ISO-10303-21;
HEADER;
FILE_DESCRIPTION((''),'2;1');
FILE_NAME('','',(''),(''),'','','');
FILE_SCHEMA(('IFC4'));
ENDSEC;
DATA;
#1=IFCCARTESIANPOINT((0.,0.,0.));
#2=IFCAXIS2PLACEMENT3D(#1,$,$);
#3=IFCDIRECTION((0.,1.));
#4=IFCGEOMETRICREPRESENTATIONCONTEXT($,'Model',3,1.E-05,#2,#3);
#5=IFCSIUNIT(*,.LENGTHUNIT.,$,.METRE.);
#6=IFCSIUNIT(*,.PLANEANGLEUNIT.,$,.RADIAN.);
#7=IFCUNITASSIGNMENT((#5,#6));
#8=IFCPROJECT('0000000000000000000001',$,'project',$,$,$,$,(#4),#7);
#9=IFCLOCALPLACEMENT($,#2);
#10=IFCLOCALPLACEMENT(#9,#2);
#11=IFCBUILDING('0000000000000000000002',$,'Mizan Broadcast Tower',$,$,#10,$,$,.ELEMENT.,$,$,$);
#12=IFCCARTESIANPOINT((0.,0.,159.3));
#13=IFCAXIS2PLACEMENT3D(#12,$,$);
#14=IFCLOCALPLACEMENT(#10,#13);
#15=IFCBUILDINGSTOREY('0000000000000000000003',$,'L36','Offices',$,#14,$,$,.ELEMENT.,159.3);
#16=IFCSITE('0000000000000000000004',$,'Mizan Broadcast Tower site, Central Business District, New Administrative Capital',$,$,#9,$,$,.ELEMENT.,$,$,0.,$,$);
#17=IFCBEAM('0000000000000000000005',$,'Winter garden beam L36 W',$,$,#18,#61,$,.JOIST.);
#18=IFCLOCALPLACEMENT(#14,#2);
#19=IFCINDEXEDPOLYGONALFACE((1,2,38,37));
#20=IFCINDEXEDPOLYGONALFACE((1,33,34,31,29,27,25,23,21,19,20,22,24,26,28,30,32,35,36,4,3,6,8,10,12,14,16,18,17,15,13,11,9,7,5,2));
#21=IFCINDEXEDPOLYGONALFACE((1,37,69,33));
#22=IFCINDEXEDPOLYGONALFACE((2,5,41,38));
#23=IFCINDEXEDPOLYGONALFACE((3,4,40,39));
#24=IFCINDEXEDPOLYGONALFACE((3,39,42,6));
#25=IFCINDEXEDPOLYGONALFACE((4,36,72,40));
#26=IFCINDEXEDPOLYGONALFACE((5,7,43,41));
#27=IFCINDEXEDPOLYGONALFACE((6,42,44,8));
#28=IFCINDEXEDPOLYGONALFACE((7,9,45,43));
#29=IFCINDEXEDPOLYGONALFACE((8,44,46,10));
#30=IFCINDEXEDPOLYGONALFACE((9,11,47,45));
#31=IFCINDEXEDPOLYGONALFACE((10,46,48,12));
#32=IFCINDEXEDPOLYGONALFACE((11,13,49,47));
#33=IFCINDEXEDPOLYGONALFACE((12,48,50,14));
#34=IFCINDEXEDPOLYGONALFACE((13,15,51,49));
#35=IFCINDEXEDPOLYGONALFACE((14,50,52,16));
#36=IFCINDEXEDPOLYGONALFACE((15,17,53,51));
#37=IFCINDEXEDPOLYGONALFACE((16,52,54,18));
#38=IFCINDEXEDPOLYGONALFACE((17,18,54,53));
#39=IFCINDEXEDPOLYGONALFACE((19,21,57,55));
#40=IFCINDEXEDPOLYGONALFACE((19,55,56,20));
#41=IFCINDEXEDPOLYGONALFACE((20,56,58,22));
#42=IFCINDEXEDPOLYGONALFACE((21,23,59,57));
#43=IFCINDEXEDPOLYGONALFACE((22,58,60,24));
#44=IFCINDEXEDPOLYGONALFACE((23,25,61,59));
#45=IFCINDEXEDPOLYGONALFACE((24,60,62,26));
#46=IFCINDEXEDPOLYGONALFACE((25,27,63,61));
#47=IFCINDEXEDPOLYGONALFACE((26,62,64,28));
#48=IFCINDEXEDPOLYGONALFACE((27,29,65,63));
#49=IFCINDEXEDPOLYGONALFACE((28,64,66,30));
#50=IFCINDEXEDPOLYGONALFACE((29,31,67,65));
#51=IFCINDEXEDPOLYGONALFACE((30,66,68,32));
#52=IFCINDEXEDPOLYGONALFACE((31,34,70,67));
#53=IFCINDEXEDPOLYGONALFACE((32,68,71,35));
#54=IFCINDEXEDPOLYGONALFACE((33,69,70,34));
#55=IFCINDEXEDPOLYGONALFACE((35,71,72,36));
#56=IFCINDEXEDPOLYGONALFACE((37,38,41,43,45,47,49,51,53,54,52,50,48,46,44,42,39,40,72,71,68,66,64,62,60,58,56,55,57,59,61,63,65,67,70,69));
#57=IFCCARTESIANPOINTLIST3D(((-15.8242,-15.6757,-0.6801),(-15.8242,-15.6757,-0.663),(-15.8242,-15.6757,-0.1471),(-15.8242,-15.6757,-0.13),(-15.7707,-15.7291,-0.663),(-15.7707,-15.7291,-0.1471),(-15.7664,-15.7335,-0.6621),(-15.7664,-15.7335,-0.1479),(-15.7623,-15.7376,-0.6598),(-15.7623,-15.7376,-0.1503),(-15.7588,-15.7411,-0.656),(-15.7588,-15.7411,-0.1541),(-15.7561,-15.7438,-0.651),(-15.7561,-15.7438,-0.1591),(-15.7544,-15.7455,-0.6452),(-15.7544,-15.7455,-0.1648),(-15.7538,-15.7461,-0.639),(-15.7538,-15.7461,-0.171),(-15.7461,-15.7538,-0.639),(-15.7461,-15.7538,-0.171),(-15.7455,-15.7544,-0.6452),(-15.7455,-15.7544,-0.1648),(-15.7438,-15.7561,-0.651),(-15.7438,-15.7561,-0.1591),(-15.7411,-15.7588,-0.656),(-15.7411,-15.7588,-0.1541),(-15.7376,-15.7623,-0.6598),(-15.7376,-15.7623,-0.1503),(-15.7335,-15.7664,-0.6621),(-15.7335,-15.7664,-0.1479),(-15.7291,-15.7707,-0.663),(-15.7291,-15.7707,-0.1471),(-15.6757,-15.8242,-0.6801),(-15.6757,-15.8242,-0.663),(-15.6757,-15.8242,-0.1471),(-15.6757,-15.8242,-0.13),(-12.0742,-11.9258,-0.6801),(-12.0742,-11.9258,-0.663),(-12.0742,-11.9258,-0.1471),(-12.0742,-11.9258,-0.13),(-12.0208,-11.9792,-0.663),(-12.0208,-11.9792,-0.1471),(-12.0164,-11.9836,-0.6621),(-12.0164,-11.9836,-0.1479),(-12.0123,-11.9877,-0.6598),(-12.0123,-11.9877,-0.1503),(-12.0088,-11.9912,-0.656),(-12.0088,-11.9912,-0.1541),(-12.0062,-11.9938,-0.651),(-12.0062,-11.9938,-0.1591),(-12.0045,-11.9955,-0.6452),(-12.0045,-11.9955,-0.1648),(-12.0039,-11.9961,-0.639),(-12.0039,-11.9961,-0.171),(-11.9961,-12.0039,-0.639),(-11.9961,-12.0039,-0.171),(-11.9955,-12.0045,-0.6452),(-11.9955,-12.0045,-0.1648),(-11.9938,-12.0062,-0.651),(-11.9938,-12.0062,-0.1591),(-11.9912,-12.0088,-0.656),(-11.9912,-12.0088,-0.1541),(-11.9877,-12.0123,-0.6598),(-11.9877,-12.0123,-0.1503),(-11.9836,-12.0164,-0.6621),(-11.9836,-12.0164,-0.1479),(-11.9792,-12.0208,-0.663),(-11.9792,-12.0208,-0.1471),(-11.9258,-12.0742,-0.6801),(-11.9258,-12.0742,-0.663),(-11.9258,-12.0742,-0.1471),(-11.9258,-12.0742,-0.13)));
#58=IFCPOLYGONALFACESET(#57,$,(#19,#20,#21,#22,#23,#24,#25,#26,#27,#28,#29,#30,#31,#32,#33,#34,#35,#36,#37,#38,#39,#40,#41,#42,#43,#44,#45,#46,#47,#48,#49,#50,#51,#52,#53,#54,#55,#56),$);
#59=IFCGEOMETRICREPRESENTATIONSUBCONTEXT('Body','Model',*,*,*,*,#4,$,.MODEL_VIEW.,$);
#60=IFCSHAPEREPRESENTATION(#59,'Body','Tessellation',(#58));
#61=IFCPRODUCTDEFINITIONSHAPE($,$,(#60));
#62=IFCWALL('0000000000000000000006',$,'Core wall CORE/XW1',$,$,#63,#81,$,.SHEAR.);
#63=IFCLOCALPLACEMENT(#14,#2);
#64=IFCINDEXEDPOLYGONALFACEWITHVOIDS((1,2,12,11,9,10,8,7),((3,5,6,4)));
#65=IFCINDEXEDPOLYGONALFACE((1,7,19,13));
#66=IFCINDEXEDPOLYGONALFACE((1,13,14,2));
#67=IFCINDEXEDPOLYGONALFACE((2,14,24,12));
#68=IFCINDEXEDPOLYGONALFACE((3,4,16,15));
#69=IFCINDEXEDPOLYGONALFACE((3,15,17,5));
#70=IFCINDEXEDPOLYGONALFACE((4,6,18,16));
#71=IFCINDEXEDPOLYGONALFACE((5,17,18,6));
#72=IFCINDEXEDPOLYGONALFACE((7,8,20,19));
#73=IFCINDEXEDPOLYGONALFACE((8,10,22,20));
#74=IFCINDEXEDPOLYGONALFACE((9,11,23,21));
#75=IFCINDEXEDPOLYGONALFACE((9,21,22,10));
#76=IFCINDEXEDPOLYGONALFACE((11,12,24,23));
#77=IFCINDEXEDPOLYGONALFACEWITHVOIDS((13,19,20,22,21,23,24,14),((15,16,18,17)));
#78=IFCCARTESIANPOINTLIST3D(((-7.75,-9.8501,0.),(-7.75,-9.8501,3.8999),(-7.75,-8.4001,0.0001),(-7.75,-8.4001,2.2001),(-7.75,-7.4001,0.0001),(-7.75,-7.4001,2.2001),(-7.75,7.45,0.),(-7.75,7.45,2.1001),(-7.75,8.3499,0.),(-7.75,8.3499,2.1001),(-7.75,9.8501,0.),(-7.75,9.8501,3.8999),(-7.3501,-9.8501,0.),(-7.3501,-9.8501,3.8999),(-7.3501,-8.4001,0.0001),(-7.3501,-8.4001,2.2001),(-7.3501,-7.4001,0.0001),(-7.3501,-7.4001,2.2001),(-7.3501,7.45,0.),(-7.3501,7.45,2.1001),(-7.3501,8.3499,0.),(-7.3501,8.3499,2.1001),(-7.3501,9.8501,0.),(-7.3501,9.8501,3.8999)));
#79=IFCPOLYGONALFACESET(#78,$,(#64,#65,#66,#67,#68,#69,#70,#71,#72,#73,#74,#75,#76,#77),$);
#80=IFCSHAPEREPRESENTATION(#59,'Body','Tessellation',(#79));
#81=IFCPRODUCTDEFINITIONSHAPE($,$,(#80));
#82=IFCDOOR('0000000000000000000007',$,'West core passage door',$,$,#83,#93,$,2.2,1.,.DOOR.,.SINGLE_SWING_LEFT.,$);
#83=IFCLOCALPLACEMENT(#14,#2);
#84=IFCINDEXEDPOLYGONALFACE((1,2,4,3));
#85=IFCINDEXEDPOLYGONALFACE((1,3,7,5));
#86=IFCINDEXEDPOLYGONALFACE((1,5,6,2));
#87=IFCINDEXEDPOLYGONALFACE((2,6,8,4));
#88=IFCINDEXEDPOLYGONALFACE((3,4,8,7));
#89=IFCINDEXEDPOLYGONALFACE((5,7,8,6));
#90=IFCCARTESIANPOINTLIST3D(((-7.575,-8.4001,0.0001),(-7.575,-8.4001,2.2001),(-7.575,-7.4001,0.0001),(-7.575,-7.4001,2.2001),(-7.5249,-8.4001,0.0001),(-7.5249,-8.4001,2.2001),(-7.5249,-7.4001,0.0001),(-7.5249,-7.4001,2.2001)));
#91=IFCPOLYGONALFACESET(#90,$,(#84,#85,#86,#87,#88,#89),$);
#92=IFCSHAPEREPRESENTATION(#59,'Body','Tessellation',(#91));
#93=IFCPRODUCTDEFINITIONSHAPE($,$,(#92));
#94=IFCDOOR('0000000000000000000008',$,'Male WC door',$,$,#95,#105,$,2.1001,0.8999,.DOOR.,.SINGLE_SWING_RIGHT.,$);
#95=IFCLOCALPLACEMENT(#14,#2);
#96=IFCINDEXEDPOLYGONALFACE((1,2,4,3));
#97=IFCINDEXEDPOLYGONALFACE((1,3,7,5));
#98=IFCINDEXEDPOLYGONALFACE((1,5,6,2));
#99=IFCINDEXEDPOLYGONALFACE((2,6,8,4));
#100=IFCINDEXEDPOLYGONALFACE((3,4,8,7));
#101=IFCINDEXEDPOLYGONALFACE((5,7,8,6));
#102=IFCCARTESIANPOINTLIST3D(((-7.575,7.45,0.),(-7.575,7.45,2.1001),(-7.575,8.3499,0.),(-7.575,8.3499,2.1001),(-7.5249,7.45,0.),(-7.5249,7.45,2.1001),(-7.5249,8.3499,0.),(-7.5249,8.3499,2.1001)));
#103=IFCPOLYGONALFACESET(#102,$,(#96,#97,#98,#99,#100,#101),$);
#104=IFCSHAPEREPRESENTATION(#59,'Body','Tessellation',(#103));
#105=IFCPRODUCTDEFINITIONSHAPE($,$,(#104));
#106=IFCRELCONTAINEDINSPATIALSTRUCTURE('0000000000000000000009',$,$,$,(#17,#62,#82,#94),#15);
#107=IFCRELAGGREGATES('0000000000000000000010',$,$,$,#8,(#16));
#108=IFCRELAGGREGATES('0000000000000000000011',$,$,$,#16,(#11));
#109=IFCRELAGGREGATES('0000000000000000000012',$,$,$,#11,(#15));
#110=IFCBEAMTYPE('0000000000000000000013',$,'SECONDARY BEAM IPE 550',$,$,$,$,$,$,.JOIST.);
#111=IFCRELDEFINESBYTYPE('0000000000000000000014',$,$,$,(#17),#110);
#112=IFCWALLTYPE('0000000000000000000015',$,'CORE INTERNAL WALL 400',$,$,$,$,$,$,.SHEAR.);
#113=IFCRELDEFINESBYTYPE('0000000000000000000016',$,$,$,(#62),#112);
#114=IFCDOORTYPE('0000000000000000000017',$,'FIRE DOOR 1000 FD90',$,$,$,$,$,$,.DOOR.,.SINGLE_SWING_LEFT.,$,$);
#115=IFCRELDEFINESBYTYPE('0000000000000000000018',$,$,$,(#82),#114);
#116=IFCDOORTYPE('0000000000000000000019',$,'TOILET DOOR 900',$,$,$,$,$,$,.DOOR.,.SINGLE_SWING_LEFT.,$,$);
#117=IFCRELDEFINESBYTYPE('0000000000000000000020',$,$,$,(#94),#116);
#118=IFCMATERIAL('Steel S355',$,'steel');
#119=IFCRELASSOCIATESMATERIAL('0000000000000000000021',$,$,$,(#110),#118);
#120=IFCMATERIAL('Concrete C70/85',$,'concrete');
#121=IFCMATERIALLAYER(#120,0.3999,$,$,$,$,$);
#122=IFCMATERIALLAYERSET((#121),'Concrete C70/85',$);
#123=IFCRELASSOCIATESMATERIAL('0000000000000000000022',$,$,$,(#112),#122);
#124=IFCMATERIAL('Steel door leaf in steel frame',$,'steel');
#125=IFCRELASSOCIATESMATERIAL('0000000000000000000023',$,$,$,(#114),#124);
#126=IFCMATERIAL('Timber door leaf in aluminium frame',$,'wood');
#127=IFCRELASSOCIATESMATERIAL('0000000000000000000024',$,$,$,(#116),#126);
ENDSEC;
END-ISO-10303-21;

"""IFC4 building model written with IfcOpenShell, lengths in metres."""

from ifc_helpers import new_model, si_unit, direction, frame, frame_2d, origin, origin_2d, place, context, subcontext, project, spatial, rectangle, i_section, extrude, material, layer, layer_set, material_profile, profile_set, type_object, element, fill, save


model = new_model("IFC4")

# Units and contexts
model_context = context("Model", 3, precision=1e-05, world=origin(), true_north=direction((0.0, 1.0)))
body_context = subcontext(model_context, "Body", "Model", "MODEL_VIEW")
ifc_project = project(units=[si_unit("LENGTHUNIT", "METRE"), si_unit("PLANEANGLEUNIT", "RADIAN")], contexts=[model_context])

# Site, building, storey
site_placement = place(None, origin())
site = spatial("IfcSite", under=ifc_project, at=site_placement, Name="Mizan Broadcast Tower site, Central Business District, New Administrative Capital", CompositionType="ELEMENT", RefElevation=0.0)
building_placement = place(site_placement, origin())
building = spatial("IfcBuilding", under=site, at=building_placement, Name="Mizan Broadcast Tower", CompositionType="ELEMENT")
storey_placement = place(building_placement, frame((0.0, 0.0, 159.3)))
storey = spatial("IfcBuildingStorey", under=building, at=storey_placement, Name="L36", Description="Offices", CompositionType="ELEMENT", Elevation=159.3)

# Beam
ifc_material_1 = material(Name="Steel S355", Category="steel")
ifc_material_profile_1 = material_profile(ifc_material_1, i_section(OverallWidth=0.21, OverallDepth=0.55, WebThickness=0.011, FlangeThickness=0.0171, FilletRadius=0.0239, at=origin_2d()), Name="IPE 550")
ifc_profile_set_1 = profile_set([ifc_material_profile_1], Name="Steel S355")
beam_type_1 = type_object("IfcBeamType", Name="SECONDARY BEAM IPE 550", PredefinedType="JOIST", material=ifc_profile_set_1)
beam_1_placement = place(storey_placement, frame((-12.0, -12.0, -0.405), z_axis=(-0.707107, -0.707107, 0.0), x_axis=(0.707107, -0.707107, 0.0)))
element("IfcBeam", 1, at=beam_1_placement, inside=storey, type_object=beam_type_1, Name="Winter garden beam L36 W", PredefinedType="JOIST", context=body_context, shape_type="SweptSolid", body=[
    extrude(i_section(OverallWidth=0.21, OverallDepth=0.55, WebThickness=0.011, FlangeThickness=0.0171, FilletRadius=0.0239, at=origin_2d()), origin(), (0.0, 0.0, 1.0), 5.3032),
])

# Wall, openings, doors
ifc_material_2 = material(Name="Concrete C70/85", Category="concrete")
ifc_layer_1 = layer(ifc_material_2, 0.3999)
ifc_layer_set_1 = layer_set([ifc_layer_1], Name="Concrete C70/85")
wall_type_1 = type_object("IfcWallType", Name="CORE INTERNAL WALL 400", PredefinedType="SHEAR", material=ifc_layer_set_1)
wall_1_placement = place(storey_placement, frame((-7.55, -9.8501, 0.0), z_axis=(0.0, 0.0, 1.0), x_axis=(0.0, 1.0, 0.0)))
wall_1 = element("IfcWall", 2, at=wall_1_placement, inside=storey, type_object=wall_type_1, Name="Core wall CORE/XW1", PredefinedType="SHEAR", context=body_context, shape_type="SweptSolid", body=[
    extrude(rectangle(XDim=19.7002, YDim=0.3999, at=frame_2d((9.8501, 0.0))), origin(), (0.0, 0.0, 1.0), 3.8999),
])
opening_1_placement = place(wall_1_placement, frame((1.45, 0.0, 0.0)))
opening_1 = element("IfcOpeningElement", 3, at=opening_1_placement, cuts=wall_1, PredefinedType="OPENING", context=body_context, shape_type="SweptSolid", body=[
    extrude(rectangle(XDim=1.0, YDim=2.2, at=frame_2d((0.5, 1.1001))), frame((0.0, 0.21, 0.0), z_axis=(0.0, -1.0, 0.0), x_axis=(1.0, 0.0, 0.0)), (0.0, 0.0, 1.0), 0.4199),
])
opening_2_placement = place(wall_1_placement, frame((17.3, 0.0, 0.0)))
opening_2 = element("IfcOpeningElement", 4, at=opening_2_placement, cuts=wall_1, PredefinedType="OPENING", context=body_context, shape_type="SweptSolid", body=[
    extrude(rectangle(XDim=0.8999, YDim=2.1001, at=frame_2d((0.45, 1.05))), frame((0.0, 0.21, 0.0), z_axis=(0.0, -1.0, 0.0), x_axis=(1.0, 0.0, 0.0)), (0.0, 0.0, 1.0), 0.4199),
])
ifc_material_3 = material(Name="Steel door leaf in steel frame", Category="steel")
door_type_1 = type_object("IfcDoorType", Name="FIRE DOOR 1000 FD90", OperationType="SINGLE_SWING_LEFT", PredefinedType="DOOR", material=ifc_material_3)
door_1_placement = place(opening_1_placement, origin())
door_1 = element("IfcDoor", 5, at=door_1_placement, inside=storey, type_object=door_type_1, Name="West core passage door", OperationType="SINGLE_SWING_LEFT", OverallHeight=2.2, OverallWidth=1.0, PredefinedType="DOOR", context=body_context, shape_type="SweptSolid", body=[
    extrude(rectangle(XDim=1.0, YDim=2.2, at=frame_2d((0.5, 1.1001))), frame((0.0, 0.0249, 0.0), z_axis=(0.0, -1.0, 0.0), x_axis=(1.0, 0.0, 0.0)), (0.0, 0.0, 1.0), 0.05),
])
fill(opening_1, door_1)
ifc_material_4 = material(Name="Timber door leaf in aluminium frame", Category="wood")
door_type_2 = type_object("IfcDoorType", Name="TOILET DOOR 900", OperationType="SINGLE_SWING_LEFT", PredefinedType="DOOR", material=ifc_material_4)
door_2_placement = place(opening_2_placement, origin())
door_2 = element("IfcDoor", 6, at=door_2_placement, inside=storey, type_object=door_type_2, Name="Male WC door", OperationType="SINGLE_SWING_RIGHT", OverallHeight=2.1001, OverallWidth=0.8999, PredefinedType="DOOR", context=body_context, shape_type="SweptSolid", body=[
    extrude(rectangle(XDim=0.8999, YDim=2.1001, at=frame_2d((0.45, 1.05))), frame((0.0, 0.0249, 0.0), z_axis=(0.0, -1.0, 0.0), x_axis=(1.0, 0.0, 0.0)), (0.0, 0.0, 1.0), 0.05),
])
fill(opening_2, door_2)

save(model, "model.ifc")
